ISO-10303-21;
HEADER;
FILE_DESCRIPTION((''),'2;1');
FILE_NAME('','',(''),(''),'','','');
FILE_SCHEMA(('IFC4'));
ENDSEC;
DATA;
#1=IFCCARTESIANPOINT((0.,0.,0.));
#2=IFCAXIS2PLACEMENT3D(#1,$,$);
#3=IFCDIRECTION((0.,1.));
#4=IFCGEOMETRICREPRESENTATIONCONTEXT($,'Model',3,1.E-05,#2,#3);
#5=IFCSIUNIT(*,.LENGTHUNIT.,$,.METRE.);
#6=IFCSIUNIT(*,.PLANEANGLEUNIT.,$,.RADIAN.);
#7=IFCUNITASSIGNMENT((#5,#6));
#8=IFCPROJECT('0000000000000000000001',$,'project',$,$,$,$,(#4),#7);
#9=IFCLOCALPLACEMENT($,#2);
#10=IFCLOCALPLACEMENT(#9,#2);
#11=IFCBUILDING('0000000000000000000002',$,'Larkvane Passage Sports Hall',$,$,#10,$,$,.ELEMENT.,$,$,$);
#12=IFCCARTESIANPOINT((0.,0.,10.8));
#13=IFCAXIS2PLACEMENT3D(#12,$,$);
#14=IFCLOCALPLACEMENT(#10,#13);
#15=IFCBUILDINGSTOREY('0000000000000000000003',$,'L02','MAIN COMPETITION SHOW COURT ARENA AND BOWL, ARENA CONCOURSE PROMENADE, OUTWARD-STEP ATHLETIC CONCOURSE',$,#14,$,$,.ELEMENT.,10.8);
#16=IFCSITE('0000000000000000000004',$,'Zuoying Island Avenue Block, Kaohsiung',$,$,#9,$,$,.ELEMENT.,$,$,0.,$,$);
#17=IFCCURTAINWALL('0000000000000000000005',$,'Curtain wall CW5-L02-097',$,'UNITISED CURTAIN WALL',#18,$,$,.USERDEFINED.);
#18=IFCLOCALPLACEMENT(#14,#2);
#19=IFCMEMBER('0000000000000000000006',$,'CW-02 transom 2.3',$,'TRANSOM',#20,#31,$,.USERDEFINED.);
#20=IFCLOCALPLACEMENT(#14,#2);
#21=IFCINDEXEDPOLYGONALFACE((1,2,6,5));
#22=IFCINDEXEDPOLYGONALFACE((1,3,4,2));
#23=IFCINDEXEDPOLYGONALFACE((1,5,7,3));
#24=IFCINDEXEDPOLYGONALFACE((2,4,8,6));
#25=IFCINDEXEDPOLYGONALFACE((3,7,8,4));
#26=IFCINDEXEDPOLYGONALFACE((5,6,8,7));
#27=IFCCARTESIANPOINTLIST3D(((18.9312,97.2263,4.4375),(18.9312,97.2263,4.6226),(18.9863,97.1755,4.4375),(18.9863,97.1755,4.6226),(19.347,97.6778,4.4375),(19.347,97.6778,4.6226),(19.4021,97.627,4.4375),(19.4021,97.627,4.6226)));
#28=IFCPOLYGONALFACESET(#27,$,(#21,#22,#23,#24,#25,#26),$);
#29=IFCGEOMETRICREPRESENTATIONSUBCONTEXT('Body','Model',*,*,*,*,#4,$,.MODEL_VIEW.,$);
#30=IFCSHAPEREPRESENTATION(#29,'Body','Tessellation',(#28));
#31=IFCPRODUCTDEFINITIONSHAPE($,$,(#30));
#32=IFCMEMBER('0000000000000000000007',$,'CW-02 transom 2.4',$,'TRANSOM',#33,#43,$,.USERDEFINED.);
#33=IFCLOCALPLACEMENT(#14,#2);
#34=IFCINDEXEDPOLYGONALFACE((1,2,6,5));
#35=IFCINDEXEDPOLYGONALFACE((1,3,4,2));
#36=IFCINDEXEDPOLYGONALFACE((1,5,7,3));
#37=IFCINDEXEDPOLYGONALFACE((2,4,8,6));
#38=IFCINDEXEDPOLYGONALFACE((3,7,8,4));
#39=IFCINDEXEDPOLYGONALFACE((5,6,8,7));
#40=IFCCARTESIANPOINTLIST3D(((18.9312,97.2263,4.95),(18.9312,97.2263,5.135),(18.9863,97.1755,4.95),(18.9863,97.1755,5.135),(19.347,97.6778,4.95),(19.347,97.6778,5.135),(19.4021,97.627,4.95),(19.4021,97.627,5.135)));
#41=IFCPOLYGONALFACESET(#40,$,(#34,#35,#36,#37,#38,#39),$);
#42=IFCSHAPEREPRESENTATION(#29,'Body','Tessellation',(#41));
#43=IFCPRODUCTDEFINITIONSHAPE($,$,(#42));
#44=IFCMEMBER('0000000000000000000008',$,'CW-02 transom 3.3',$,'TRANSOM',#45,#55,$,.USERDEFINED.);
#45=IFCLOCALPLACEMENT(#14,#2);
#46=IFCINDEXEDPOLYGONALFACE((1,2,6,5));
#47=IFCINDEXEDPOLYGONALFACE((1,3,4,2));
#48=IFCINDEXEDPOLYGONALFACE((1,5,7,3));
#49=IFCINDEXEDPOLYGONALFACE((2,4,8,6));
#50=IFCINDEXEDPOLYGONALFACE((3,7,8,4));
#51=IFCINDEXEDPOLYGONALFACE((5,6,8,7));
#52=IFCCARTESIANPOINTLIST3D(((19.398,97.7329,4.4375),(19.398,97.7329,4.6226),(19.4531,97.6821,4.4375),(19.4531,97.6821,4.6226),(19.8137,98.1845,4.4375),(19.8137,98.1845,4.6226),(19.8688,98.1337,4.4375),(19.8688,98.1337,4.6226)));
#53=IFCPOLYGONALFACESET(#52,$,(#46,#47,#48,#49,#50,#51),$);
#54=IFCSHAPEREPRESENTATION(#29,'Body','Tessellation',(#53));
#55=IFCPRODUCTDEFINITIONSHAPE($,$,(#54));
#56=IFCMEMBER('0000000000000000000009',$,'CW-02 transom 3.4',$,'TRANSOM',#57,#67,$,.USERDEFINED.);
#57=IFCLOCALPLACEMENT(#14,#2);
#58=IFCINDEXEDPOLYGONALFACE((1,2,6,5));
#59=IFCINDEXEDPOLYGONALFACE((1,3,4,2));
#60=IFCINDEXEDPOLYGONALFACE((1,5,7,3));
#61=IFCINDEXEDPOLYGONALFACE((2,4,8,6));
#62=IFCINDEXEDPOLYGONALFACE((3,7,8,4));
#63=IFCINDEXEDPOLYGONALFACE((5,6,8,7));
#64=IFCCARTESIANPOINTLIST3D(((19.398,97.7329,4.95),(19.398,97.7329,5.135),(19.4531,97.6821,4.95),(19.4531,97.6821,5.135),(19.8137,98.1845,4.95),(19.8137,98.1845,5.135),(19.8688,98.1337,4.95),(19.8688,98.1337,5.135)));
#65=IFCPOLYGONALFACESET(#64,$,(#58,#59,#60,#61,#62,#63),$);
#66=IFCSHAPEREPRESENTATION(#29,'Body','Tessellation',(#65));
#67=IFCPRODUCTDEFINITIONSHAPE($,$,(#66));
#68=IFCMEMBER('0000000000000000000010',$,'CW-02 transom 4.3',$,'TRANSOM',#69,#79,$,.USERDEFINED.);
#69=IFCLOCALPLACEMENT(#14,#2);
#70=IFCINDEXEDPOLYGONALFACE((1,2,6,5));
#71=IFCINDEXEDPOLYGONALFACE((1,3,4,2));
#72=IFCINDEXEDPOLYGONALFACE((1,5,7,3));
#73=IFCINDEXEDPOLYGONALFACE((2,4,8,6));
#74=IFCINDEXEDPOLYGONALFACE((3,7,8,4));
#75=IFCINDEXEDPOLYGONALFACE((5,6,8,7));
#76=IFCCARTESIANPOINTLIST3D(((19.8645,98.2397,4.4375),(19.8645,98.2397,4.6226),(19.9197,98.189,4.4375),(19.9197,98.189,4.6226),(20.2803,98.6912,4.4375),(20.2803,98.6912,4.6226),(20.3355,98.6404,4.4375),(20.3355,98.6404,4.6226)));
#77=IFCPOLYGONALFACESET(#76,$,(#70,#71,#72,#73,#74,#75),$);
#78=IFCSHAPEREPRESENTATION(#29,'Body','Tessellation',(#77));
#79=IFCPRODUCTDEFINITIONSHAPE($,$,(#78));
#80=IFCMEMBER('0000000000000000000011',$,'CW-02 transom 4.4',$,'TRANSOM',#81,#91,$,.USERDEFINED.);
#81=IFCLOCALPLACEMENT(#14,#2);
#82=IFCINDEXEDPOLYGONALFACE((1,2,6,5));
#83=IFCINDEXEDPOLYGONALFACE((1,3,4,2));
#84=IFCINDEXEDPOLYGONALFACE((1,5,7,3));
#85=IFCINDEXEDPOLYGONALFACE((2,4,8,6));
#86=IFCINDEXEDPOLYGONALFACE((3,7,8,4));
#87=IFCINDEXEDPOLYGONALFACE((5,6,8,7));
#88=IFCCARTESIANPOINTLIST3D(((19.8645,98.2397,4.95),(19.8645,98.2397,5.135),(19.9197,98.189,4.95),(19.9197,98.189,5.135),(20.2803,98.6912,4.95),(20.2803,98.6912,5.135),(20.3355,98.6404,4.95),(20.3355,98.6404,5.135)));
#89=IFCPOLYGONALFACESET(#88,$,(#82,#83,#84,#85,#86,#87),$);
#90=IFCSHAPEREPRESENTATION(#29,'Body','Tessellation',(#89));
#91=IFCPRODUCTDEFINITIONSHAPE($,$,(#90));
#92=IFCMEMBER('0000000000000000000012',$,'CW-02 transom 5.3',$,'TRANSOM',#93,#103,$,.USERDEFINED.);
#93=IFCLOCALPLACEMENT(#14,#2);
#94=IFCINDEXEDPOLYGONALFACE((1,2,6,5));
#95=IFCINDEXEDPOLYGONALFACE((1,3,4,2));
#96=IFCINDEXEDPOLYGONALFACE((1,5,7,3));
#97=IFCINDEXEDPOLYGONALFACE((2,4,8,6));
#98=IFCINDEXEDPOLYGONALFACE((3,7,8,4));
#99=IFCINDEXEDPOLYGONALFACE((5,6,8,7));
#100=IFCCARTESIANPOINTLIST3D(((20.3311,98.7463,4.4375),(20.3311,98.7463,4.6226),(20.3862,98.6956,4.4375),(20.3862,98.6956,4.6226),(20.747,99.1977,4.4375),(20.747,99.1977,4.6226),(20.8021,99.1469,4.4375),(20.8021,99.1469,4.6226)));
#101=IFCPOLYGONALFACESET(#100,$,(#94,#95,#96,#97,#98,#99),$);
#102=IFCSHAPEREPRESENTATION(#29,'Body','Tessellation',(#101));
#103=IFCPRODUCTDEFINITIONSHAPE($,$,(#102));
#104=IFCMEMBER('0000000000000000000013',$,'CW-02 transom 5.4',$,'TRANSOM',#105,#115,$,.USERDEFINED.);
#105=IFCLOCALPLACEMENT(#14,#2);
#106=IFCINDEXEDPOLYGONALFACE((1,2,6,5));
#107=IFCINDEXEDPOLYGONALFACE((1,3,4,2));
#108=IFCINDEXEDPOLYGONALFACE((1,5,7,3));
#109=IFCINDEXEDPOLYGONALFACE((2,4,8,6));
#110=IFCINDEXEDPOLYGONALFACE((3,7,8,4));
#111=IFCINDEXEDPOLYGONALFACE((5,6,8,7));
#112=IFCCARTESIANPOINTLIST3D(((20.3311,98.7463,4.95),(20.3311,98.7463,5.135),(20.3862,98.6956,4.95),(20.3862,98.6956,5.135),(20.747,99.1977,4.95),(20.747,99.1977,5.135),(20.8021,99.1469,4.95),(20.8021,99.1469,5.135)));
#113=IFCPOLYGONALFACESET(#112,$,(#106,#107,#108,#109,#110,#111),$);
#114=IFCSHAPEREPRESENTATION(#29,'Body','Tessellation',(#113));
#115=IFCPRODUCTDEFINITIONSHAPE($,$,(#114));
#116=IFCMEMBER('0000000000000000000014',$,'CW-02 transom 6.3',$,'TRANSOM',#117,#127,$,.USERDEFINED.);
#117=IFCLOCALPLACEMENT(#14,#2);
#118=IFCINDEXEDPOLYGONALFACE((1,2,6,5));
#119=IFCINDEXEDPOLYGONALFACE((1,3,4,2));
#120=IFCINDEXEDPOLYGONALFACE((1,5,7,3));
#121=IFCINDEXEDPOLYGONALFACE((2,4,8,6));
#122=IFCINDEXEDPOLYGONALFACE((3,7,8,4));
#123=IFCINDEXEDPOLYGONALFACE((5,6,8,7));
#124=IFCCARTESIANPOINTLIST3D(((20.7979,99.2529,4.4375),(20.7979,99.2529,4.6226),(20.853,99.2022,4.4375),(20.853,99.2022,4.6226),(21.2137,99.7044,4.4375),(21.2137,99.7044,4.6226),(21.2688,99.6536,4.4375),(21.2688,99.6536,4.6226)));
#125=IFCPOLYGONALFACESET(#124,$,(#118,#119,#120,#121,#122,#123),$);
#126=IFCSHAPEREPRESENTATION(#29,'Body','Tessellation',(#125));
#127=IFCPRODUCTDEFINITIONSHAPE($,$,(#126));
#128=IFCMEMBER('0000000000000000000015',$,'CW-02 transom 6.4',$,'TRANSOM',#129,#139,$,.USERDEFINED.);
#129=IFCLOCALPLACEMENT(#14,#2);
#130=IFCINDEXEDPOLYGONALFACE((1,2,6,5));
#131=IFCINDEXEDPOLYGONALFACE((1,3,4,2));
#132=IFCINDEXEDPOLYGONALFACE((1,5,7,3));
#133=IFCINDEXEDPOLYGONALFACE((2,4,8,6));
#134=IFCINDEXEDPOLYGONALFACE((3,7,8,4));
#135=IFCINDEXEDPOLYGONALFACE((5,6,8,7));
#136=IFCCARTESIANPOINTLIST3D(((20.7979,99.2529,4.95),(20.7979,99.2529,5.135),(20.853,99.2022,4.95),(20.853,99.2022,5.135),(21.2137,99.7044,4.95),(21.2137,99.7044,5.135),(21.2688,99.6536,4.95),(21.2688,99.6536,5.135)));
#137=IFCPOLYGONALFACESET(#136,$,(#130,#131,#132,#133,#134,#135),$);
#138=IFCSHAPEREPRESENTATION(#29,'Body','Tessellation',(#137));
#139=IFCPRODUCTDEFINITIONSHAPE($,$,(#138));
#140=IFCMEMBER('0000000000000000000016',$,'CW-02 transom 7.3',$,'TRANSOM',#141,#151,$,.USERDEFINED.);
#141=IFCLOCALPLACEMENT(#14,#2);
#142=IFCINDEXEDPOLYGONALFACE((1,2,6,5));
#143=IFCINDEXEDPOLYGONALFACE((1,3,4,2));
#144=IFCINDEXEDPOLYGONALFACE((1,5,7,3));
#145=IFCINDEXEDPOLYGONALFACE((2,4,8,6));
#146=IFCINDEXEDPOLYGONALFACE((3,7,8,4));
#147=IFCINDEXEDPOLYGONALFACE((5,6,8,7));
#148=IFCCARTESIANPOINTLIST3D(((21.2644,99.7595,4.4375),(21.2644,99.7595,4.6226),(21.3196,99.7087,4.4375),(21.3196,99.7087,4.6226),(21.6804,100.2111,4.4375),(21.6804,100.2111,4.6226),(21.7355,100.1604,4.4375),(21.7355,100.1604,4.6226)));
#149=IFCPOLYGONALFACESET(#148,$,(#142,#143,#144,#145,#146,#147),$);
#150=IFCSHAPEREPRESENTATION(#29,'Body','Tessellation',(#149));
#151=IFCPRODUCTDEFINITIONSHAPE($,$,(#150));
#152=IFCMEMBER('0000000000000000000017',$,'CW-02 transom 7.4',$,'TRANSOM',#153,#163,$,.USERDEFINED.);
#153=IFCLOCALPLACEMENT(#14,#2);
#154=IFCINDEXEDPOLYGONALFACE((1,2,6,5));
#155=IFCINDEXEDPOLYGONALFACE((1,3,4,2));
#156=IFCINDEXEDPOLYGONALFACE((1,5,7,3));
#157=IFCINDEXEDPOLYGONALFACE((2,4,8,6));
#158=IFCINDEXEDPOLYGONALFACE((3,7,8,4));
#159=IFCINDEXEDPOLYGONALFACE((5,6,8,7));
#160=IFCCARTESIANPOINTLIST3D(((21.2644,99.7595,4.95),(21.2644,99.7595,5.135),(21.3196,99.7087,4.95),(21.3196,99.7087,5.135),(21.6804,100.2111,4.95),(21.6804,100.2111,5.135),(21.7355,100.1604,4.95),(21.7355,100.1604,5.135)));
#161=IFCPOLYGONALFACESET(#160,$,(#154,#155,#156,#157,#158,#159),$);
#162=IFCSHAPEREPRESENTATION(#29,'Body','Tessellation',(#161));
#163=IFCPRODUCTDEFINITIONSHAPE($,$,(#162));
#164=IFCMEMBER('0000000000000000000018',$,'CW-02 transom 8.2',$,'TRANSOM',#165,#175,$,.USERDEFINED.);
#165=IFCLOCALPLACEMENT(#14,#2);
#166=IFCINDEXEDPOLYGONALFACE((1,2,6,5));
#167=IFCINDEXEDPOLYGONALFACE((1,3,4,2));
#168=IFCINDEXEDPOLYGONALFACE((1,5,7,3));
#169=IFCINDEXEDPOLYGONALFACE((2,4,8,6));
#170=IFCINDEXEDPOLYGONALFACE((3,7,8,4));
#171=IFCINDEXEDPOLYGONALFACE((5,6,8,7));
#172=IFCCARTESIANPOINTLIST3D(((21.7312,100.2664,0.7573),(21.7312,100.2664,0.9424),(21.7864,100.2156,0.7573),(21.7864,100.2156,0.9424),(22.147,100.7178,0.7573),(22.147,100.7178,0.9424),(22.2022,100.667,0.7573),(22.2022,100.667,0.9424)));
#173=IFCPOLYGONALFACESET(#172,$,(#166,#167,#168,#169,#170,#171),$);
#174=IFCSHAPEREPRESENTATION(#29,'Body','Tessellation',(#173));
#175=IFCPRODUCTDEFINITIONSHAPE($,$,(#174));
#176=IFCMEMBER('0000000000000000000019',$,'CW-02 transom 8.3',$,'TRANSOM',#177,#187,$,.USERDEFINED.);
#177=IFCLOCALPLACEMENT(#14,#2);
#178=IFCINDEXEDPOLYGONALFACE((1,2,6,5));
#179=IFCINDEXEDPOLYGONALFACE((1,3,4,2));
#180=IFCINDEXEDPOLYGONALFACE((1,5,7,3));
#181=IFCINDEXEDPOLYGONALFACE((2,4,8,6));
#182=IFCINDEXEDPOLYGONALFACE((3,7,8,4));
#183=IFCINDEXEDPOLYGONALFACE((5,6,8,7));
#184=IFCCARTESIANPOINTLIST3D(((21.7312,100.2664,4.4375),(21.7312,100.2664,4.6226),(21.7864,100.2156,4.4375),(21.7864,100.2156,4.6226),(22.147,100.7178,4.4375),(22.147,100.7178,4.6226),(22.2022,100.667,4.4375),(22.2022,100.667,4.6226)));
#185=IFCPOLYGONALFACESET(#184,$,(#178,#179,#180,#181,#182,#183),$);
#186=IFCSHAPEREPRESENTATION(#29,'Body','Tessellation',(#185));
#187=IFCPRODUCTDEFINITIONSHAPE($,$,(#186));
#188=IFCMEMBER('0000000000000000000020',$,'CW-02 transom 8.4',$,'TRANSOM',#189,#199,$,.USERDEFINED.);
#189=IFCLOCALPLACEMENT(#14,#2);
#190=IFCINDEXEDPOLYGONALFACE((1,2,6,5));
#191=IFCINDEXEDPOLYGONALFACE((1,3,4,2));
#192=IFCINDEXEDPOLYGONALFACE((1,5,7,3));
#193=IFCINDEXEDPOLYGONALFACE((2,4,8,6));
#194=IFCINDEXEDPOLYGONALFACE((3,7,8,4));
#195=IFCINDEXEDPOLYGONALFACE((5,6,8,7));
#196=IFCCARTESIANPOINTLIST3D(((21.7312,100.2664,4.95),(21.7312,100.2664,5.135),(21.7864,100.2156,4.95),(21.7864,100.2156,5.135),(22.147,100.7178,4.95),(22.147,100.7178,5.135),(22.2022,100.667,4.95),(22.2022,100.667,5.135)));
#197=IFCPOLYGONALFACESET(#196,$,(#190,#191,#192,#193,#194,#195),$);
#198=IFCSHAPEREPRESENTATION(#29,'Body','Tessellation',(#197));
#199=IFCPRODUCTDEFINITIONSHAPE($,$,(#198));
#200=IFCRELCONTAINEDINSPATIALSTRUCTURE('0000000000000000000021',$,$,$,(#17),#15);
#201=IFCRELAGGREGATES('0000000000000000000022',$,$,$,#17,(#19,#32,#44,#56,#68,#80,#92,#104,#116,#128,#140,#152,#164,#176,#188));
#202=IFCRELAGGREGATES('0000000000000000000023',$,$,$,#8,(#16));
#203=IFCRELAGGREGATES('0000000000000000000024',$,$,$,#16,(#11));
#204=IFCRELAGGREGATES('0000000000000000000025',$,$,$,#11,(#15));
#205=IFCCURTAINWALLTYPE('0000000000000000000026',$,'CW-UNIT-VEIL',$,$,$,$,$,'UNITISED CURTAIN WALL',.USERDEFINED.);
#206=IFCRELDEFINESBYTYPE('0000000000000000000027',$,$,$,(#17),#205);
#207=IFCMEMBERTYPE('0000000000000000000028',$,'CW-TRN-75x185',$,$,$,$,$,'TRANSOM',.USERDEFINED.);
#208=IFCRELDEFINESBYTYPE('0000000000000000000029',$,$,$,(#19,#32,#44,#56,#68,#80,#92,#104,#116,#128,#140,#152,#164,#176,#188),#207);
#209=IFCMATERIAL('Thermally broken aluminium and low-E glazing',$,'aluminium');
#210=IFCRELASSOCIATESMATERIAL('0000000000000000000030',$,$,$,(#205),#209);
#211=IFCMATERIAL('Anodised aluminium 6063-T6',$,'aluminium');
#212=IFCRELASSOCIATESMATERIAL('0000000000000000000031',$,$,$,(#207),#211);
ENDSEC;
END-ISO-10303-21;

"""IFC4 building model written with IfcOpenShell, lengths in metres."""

from ifc_helpers import new_model, si_unit, direction, frame, origin, origin_2d, place, context, subcontext, project, spatial, rectangle, extrude, material, material_profile, profile_set, type_object, element, aggregate, save


model = new_model("IFC4")

# Units and contexts
model_context = context("Model", 3, precision=1e-05, world=origin(), true_north=direction((0.0, 1.0)))
body_context = subcontext(model_context, "Body", "Model", "MODEL_VIEW")
ifc_project = project(units=[si_unit("LENGTHUNIT", "METRE"), si_unit("PLANEANGLEUNIT", "RADIAN")], contexts=[model_context])

# Site, building, storey
site_placement = place(None, origin())
site = spatial("IfcSite", under=ifc_project, at=site_placement, Name="Zuoying Island Avenue Block, Kaohsiung", CompositionType="ELEMENT", RefElevation=0.0)
building_placement = place(site_placement, origin())
building = spatial("IfcBuilding", under=site, at=building_placement, Name="Larkvane Passage Sports Hall", CompositionType="ELEMENT")
storey_placement = place(building_placement, frame((0.0, 0.0, 10.8)))
storey = spatial("IfcBuildingStorey", under=building, at=storey_placement, Name="L02", Description="MAIN COMPETITION SHOW COURT ARENA AND BOWL, ARENA CONCOURSE PROMENADE, OUTWARD-STEP ATHLETIC CONCOURSE", CompositionType="ELEMENT", Elevation=10.8)

# Curtain wall, members
ifc_material_1 = material(Name="Thermally broken aluminium and low-E glazing", Category="aluminium")
curtain_wall_type = type_object("IfcCurtainWallType", Name="CW-UNIT-VEIL", ElementType="UNITISED CURTAIN WALL", PredefinedType="USERDEFINED", material=ifc_material_1)
curtain_wall_placement = place(storey_placement, origin())
curtain_wall = element("IfcCurtainWall", 1, at=curtain_wall_placement, inside=storey, type_object=curtain_wall_type, Name="Curtain wall CW5-L02-097", ObjectType="UNITISED CURTAIN WALL", PredefinedType="USERDEFINED")
ifc_material_2 = material(Name="Anodised aluminium 6063-T6", Category="aluminium")
ifc_material_profile = material_profile(ifc_material_2, rectangle(XDim=0.075, YDim=0.1851, at=origin_2d()), Name="ALU-TRN-75x185")
ifc_profile_set = profile_set([ifc_material_profile], Name="Anodised aluminium 6063-T6")
member_type = type_object("IfcMemberType", Name="CW-TRN-75x185", ElementType="TRANSOM", PredefinedType="USERDEFINED", material=ifc_profile_set)
member_1_placement = place(storey_placement, frame((18.9587, 97.2009, 4.53), z_axis=(0.67747, 0.73555, 0.0), x_axis=(-0.73555, 0.67747, 0.0)))
member_1 = element("IfcMember", 2, at=member_1_placement, type_object=member_type, Name="CW-02 transom 2.3", ObjectType="TRANSOM", PredefinedType="USERDEFINED", context=body_context, shape_type="SweptSolid", body=[
    extrude(rectangle(XDim=0.075, YDim=0.1851, at=origin_2d()), origin(), (0.0, 0.0, 1.0), 0.6138),
])
member_2_placement = place(storey_placement, frame((18.9587, 97.2009, 5.0425), z_axis=(0.67747, 0.73555, 0.0), x_axis=(-0.73555, 0.67747, 0.0)))
member_2 = element("IfcMember", 3, at=member_2_placement, type_object=member_type, Name="CW-02 transom 2.4", ObjectType="TRANSOM", PredefinedType="USERDEFINED", context=body_context, shape_type="SweptSolid", body=[
    extrude(rectangle(XDim=0.075, YDim=0.1851, at=origin_2d()), origin(), (0.0, 0.0, 1.0), 0.6138),
])
member_3_placement = place(storey_placement, frame((19.4255, 97.7075, 4.53), z_axis=(0.677272, 0.735733, 0.0), x_axis=(-0.735733, 0.677272, 0.0)))
member_3 = element("IfcMember", 4, at=member_3_placement, type_object=member_type, Name="CW-02 transom 3.3", ObjectType="TRANSOM", PredefinedType="USERDEFINED", context=body_context, shape_type="SweptSolid", body=[
    extrude(rectangle(XDim=0.075, YDim=0.1851, at=origin_2d()), origin(), (0.0, 0.0, 1.0), 0.6138),
])
member_4_placement = place(storey_placement, frame((19.4255, 97.7075, 5.0425), z_axis=(0.677272, 0.735733, 0.0), x_axis=(-0.735733, 0.677272, 0.0)))
member_4 = element("IfcMember", 5, at=member_4_placement, type_object=member_type, Name="CW-02 transom 3.4", ObjectType="TRANSOM", PredefinedType="USERDEFINED", context=body_context, shape_type="SweptSolid", body=[
    extrude(rectangle(XDim=0.075, YDim=0.1851, at=origin_2d()), origin(), (0.0, 0.0, 1.0), 0.6138),
])
member_5_placement = place(storey_placement, frame((19.8921, 98.2144, 4.53), z_axis=(0.67747, 0.73555, 0.0), x_axis=(-0.73555, 0.67747, 0.0)))
member_5 = element("IfcMember", 6, at=member_5_placement, type_object=member_type, Name="CW-02 transom 4.3", ObjectType="TRANSOM", PredefinedType="USERDEFINED", context=body_context, shape_type="SweptSolid", body=[
    extrude(rectangle(XDim=0.075, YDim=0.1851, at=origin_2d()), origin(), (0.0, 0.0, 1.0), 0.6138),
])
member_6_placement = place(storey_placement, frame((19.8921, 98.2144, 5.0425), z_axis=(0.67747, 0.73555, 0.0), x_axis=(-0.73555, 0.67747, 0.0)))
member_6 = element("IfcMember", 7, at=member_6_placement, type_object=member_type, Name="CW-02 transom 4.4", ObjectType="TRANSOM", PredefinedType="USERDEFINED", context=body_context, shape_type="SweptSolid", body=[
    extrude(rectangle(XDim=0.075, YDim=0.1851, at=origin_2d()), origin(), (0.0, 0.0, 1.0), 0.6138),
])
member_7_placement = place(storey_placement, frame((20.3586, 98.7209, 4.53), z_axis=(0.677685, 0.735352, 0.0), x_axis=(-0.735352, 0.677685, 0.0)))
member_7 = element("IfcMember", 8, at=member_7_placement, type_object=member_type, Name="CW-02 transom 5.3", ObjectType="TRANSOM", PredefinedType="USERDEFINED", context=body_context, shape_type="SweptSolid", body=[
    extrude(rectangle(XDim=0.075, YDim=0.1851, at=origin_2d()), origin(), (0.0, 0.0, 1.0), 0.6138),
])
member_8_placement = place(storey_placement, frame((20.3586, 98.7209, 5.0425), z_axis=(0.677685, 0.735352, 0.0), x_axis=(-0.735352, 0.677685, 0.0)))
member_8 = element("IfcMember", 9, at=member_8_placement, type_object=member_type, Name="CW-02 transom 5.4", ObjectType="TRANSOM", PredefinedType="USERDEFINED", context=body_context, shape_type="SweptSolid", body=[
    extrude(rectangle(XDim=0.075, YDim=0.1851, at=origin_2d()), origin(), (0.0, 0.0, 1.0), 0.6138),
])
member_9_placement = place(storey_placement, frame((20.8254, 99.2275, 4.53), z_axis=(0.67747, 0.73555, 0.0), x_axis=(-0.73555, 0.67747, 0.0)))
member_9 = element("IfcMember", 10, at=member_9_placement, type_object=member_type, Name="CW-02 transom 6.3", ObjectType="TRANSOM", PredefinedType="USERDEFINED", context=body_context, shape_type="SweptSolid", body=[
    extrude(rectangle(XDim=0.075, YDim=0.1851, at=origin_2d()), origin(), (0.0, 0.0, 1.0), 0.6138),
])
member_10_placement = place(storey_placement, frame((20.8254, 99.2275, 5.0425), z_axis=(0.67747, 0.73555, 0.0), x_axis=(-0.73555, 0.67747, 0.0)))
member_10 = element("IfcMember", 11, at=member_10_placement, type_object=member_type, Name="CW-02 transom 6.4", ObjectType="TRANSOM", PredefinedType="USERDEFINED", context=body_context, shape_type="SweptSolid", body=[
    extrude(rectangle(XDim=0.075, YDim=0.1851, at=origin_2d()), origin(), (0.0, 0.0, 1.0), 0.6138),
])
member_11_placement = place(storey_placement, frame((21.292, 99.7341, 4.53), z_axis=(0.677487, 0.735535, 0.0), x_axis=(-0.735535, 0.677487, 0.0)))
member_11 = element("IfcMember", 12, at=member_11_placement, type_object=member_type, Name="CW-02 transom 7.3", ObjectType="TRANSOM", PredefinedType="USERDEFINED", context=body_context, shape_type="SweptSolid", body=[
    extrude(rectangle(XDim=0.075, YDim=0.1851, at=origin_2d()), origin(), (0.0, 0.0, 1.0), 0.614),
])
member_12_placement = place(storey_placement, frame((21.292, 99.7341, 5.0425), z_axis=(0.677487, 0.735535, 0.0), x_axis=(-0.735535, 0.677487, 0.0)))
member_12 = element("IfcMember", 13, at=member_12_placement, type_object=member_type, Name="CW-02 transom 7.4", ObjectType="TRANSOM", PredefinedType="USERDEFINED", context=body_context, shape_type="SweptSolid", body=[
    extrude(rectangle(XDim=0.075, YDim=0.1851, at=origin_2d()), origin(), (0.0, 0.0, 1.0), 0.614),
])
member_13_placement = place(storey_placement, frame((21.7588, 100.241, 0.8499), z_axis=(0.67747, 0.73555, 0.0), x_axis=(-0.73555, 0.67747, 0.0)))
member_13 = element("IfcMember", 14, at=member_13_placement, type_object=member_type, Name="CW-02 transom 8.2", ObjectType="TRANSOM", PredefinedType="USERDEFINED", context=body_context, shape_type="SweptSolid", body=[
    extrude(rectangle(XDim=0.075, YDim=0.1851, at=origin_2d()), origin(), (0.0, 0.0, 1.0), 0.6138),
])
member_14_placement = place(storey_placement, frame((21.7588, 100.241, 4.53), z_axis=(0.67747, 0.73555, 0.0), x_axis=(-0.73555, 0.67747, 0.0)))
member_14 = element("IfcMember", 15, at=member_14_placement, type_object=member_type, Name="CW-02 transom 8.3", ObjectType="TRANSOM", PredefinedType="USERDEFINED", context=body_context, shape_type="SweptSolid", body=[
    extrude(rectangle(XDim=0.075, YDim=0.1851, at=origin_2d()), origin(), (0.0, 0.0, 1.0), 0.6138),
])
member_15_placement = place(storey_placement, frame((21.7588, 100.241, 5.0425), z_axis=(0.67747, 0.73555, 0.0), x_axis=(-0.73555, 0.67747, 0.0)))
member_15 = element("IfcMember", 16, at=member_15_placement, type_object=member_type, Name="CW-02 transom 8.4", ObjectType="TRANSOM", PredefinedType="USERDEFINED", context=body_context, shape_type="SweptSolid", body=[
    extrude(rectangle(XDim=0.075, YDim=0.1851, at=origin_2d()), origin(), (0.0, 0.0, 1.0), 0.6138),
])
aggregate(curtain_wall, [member_1, member_2, member_3, member_4, member_5, member_6, member_7, member_8, member_9, member_10, member_11, member_12, member_13, member_14, member_15])

save(model, "model.ifc")
